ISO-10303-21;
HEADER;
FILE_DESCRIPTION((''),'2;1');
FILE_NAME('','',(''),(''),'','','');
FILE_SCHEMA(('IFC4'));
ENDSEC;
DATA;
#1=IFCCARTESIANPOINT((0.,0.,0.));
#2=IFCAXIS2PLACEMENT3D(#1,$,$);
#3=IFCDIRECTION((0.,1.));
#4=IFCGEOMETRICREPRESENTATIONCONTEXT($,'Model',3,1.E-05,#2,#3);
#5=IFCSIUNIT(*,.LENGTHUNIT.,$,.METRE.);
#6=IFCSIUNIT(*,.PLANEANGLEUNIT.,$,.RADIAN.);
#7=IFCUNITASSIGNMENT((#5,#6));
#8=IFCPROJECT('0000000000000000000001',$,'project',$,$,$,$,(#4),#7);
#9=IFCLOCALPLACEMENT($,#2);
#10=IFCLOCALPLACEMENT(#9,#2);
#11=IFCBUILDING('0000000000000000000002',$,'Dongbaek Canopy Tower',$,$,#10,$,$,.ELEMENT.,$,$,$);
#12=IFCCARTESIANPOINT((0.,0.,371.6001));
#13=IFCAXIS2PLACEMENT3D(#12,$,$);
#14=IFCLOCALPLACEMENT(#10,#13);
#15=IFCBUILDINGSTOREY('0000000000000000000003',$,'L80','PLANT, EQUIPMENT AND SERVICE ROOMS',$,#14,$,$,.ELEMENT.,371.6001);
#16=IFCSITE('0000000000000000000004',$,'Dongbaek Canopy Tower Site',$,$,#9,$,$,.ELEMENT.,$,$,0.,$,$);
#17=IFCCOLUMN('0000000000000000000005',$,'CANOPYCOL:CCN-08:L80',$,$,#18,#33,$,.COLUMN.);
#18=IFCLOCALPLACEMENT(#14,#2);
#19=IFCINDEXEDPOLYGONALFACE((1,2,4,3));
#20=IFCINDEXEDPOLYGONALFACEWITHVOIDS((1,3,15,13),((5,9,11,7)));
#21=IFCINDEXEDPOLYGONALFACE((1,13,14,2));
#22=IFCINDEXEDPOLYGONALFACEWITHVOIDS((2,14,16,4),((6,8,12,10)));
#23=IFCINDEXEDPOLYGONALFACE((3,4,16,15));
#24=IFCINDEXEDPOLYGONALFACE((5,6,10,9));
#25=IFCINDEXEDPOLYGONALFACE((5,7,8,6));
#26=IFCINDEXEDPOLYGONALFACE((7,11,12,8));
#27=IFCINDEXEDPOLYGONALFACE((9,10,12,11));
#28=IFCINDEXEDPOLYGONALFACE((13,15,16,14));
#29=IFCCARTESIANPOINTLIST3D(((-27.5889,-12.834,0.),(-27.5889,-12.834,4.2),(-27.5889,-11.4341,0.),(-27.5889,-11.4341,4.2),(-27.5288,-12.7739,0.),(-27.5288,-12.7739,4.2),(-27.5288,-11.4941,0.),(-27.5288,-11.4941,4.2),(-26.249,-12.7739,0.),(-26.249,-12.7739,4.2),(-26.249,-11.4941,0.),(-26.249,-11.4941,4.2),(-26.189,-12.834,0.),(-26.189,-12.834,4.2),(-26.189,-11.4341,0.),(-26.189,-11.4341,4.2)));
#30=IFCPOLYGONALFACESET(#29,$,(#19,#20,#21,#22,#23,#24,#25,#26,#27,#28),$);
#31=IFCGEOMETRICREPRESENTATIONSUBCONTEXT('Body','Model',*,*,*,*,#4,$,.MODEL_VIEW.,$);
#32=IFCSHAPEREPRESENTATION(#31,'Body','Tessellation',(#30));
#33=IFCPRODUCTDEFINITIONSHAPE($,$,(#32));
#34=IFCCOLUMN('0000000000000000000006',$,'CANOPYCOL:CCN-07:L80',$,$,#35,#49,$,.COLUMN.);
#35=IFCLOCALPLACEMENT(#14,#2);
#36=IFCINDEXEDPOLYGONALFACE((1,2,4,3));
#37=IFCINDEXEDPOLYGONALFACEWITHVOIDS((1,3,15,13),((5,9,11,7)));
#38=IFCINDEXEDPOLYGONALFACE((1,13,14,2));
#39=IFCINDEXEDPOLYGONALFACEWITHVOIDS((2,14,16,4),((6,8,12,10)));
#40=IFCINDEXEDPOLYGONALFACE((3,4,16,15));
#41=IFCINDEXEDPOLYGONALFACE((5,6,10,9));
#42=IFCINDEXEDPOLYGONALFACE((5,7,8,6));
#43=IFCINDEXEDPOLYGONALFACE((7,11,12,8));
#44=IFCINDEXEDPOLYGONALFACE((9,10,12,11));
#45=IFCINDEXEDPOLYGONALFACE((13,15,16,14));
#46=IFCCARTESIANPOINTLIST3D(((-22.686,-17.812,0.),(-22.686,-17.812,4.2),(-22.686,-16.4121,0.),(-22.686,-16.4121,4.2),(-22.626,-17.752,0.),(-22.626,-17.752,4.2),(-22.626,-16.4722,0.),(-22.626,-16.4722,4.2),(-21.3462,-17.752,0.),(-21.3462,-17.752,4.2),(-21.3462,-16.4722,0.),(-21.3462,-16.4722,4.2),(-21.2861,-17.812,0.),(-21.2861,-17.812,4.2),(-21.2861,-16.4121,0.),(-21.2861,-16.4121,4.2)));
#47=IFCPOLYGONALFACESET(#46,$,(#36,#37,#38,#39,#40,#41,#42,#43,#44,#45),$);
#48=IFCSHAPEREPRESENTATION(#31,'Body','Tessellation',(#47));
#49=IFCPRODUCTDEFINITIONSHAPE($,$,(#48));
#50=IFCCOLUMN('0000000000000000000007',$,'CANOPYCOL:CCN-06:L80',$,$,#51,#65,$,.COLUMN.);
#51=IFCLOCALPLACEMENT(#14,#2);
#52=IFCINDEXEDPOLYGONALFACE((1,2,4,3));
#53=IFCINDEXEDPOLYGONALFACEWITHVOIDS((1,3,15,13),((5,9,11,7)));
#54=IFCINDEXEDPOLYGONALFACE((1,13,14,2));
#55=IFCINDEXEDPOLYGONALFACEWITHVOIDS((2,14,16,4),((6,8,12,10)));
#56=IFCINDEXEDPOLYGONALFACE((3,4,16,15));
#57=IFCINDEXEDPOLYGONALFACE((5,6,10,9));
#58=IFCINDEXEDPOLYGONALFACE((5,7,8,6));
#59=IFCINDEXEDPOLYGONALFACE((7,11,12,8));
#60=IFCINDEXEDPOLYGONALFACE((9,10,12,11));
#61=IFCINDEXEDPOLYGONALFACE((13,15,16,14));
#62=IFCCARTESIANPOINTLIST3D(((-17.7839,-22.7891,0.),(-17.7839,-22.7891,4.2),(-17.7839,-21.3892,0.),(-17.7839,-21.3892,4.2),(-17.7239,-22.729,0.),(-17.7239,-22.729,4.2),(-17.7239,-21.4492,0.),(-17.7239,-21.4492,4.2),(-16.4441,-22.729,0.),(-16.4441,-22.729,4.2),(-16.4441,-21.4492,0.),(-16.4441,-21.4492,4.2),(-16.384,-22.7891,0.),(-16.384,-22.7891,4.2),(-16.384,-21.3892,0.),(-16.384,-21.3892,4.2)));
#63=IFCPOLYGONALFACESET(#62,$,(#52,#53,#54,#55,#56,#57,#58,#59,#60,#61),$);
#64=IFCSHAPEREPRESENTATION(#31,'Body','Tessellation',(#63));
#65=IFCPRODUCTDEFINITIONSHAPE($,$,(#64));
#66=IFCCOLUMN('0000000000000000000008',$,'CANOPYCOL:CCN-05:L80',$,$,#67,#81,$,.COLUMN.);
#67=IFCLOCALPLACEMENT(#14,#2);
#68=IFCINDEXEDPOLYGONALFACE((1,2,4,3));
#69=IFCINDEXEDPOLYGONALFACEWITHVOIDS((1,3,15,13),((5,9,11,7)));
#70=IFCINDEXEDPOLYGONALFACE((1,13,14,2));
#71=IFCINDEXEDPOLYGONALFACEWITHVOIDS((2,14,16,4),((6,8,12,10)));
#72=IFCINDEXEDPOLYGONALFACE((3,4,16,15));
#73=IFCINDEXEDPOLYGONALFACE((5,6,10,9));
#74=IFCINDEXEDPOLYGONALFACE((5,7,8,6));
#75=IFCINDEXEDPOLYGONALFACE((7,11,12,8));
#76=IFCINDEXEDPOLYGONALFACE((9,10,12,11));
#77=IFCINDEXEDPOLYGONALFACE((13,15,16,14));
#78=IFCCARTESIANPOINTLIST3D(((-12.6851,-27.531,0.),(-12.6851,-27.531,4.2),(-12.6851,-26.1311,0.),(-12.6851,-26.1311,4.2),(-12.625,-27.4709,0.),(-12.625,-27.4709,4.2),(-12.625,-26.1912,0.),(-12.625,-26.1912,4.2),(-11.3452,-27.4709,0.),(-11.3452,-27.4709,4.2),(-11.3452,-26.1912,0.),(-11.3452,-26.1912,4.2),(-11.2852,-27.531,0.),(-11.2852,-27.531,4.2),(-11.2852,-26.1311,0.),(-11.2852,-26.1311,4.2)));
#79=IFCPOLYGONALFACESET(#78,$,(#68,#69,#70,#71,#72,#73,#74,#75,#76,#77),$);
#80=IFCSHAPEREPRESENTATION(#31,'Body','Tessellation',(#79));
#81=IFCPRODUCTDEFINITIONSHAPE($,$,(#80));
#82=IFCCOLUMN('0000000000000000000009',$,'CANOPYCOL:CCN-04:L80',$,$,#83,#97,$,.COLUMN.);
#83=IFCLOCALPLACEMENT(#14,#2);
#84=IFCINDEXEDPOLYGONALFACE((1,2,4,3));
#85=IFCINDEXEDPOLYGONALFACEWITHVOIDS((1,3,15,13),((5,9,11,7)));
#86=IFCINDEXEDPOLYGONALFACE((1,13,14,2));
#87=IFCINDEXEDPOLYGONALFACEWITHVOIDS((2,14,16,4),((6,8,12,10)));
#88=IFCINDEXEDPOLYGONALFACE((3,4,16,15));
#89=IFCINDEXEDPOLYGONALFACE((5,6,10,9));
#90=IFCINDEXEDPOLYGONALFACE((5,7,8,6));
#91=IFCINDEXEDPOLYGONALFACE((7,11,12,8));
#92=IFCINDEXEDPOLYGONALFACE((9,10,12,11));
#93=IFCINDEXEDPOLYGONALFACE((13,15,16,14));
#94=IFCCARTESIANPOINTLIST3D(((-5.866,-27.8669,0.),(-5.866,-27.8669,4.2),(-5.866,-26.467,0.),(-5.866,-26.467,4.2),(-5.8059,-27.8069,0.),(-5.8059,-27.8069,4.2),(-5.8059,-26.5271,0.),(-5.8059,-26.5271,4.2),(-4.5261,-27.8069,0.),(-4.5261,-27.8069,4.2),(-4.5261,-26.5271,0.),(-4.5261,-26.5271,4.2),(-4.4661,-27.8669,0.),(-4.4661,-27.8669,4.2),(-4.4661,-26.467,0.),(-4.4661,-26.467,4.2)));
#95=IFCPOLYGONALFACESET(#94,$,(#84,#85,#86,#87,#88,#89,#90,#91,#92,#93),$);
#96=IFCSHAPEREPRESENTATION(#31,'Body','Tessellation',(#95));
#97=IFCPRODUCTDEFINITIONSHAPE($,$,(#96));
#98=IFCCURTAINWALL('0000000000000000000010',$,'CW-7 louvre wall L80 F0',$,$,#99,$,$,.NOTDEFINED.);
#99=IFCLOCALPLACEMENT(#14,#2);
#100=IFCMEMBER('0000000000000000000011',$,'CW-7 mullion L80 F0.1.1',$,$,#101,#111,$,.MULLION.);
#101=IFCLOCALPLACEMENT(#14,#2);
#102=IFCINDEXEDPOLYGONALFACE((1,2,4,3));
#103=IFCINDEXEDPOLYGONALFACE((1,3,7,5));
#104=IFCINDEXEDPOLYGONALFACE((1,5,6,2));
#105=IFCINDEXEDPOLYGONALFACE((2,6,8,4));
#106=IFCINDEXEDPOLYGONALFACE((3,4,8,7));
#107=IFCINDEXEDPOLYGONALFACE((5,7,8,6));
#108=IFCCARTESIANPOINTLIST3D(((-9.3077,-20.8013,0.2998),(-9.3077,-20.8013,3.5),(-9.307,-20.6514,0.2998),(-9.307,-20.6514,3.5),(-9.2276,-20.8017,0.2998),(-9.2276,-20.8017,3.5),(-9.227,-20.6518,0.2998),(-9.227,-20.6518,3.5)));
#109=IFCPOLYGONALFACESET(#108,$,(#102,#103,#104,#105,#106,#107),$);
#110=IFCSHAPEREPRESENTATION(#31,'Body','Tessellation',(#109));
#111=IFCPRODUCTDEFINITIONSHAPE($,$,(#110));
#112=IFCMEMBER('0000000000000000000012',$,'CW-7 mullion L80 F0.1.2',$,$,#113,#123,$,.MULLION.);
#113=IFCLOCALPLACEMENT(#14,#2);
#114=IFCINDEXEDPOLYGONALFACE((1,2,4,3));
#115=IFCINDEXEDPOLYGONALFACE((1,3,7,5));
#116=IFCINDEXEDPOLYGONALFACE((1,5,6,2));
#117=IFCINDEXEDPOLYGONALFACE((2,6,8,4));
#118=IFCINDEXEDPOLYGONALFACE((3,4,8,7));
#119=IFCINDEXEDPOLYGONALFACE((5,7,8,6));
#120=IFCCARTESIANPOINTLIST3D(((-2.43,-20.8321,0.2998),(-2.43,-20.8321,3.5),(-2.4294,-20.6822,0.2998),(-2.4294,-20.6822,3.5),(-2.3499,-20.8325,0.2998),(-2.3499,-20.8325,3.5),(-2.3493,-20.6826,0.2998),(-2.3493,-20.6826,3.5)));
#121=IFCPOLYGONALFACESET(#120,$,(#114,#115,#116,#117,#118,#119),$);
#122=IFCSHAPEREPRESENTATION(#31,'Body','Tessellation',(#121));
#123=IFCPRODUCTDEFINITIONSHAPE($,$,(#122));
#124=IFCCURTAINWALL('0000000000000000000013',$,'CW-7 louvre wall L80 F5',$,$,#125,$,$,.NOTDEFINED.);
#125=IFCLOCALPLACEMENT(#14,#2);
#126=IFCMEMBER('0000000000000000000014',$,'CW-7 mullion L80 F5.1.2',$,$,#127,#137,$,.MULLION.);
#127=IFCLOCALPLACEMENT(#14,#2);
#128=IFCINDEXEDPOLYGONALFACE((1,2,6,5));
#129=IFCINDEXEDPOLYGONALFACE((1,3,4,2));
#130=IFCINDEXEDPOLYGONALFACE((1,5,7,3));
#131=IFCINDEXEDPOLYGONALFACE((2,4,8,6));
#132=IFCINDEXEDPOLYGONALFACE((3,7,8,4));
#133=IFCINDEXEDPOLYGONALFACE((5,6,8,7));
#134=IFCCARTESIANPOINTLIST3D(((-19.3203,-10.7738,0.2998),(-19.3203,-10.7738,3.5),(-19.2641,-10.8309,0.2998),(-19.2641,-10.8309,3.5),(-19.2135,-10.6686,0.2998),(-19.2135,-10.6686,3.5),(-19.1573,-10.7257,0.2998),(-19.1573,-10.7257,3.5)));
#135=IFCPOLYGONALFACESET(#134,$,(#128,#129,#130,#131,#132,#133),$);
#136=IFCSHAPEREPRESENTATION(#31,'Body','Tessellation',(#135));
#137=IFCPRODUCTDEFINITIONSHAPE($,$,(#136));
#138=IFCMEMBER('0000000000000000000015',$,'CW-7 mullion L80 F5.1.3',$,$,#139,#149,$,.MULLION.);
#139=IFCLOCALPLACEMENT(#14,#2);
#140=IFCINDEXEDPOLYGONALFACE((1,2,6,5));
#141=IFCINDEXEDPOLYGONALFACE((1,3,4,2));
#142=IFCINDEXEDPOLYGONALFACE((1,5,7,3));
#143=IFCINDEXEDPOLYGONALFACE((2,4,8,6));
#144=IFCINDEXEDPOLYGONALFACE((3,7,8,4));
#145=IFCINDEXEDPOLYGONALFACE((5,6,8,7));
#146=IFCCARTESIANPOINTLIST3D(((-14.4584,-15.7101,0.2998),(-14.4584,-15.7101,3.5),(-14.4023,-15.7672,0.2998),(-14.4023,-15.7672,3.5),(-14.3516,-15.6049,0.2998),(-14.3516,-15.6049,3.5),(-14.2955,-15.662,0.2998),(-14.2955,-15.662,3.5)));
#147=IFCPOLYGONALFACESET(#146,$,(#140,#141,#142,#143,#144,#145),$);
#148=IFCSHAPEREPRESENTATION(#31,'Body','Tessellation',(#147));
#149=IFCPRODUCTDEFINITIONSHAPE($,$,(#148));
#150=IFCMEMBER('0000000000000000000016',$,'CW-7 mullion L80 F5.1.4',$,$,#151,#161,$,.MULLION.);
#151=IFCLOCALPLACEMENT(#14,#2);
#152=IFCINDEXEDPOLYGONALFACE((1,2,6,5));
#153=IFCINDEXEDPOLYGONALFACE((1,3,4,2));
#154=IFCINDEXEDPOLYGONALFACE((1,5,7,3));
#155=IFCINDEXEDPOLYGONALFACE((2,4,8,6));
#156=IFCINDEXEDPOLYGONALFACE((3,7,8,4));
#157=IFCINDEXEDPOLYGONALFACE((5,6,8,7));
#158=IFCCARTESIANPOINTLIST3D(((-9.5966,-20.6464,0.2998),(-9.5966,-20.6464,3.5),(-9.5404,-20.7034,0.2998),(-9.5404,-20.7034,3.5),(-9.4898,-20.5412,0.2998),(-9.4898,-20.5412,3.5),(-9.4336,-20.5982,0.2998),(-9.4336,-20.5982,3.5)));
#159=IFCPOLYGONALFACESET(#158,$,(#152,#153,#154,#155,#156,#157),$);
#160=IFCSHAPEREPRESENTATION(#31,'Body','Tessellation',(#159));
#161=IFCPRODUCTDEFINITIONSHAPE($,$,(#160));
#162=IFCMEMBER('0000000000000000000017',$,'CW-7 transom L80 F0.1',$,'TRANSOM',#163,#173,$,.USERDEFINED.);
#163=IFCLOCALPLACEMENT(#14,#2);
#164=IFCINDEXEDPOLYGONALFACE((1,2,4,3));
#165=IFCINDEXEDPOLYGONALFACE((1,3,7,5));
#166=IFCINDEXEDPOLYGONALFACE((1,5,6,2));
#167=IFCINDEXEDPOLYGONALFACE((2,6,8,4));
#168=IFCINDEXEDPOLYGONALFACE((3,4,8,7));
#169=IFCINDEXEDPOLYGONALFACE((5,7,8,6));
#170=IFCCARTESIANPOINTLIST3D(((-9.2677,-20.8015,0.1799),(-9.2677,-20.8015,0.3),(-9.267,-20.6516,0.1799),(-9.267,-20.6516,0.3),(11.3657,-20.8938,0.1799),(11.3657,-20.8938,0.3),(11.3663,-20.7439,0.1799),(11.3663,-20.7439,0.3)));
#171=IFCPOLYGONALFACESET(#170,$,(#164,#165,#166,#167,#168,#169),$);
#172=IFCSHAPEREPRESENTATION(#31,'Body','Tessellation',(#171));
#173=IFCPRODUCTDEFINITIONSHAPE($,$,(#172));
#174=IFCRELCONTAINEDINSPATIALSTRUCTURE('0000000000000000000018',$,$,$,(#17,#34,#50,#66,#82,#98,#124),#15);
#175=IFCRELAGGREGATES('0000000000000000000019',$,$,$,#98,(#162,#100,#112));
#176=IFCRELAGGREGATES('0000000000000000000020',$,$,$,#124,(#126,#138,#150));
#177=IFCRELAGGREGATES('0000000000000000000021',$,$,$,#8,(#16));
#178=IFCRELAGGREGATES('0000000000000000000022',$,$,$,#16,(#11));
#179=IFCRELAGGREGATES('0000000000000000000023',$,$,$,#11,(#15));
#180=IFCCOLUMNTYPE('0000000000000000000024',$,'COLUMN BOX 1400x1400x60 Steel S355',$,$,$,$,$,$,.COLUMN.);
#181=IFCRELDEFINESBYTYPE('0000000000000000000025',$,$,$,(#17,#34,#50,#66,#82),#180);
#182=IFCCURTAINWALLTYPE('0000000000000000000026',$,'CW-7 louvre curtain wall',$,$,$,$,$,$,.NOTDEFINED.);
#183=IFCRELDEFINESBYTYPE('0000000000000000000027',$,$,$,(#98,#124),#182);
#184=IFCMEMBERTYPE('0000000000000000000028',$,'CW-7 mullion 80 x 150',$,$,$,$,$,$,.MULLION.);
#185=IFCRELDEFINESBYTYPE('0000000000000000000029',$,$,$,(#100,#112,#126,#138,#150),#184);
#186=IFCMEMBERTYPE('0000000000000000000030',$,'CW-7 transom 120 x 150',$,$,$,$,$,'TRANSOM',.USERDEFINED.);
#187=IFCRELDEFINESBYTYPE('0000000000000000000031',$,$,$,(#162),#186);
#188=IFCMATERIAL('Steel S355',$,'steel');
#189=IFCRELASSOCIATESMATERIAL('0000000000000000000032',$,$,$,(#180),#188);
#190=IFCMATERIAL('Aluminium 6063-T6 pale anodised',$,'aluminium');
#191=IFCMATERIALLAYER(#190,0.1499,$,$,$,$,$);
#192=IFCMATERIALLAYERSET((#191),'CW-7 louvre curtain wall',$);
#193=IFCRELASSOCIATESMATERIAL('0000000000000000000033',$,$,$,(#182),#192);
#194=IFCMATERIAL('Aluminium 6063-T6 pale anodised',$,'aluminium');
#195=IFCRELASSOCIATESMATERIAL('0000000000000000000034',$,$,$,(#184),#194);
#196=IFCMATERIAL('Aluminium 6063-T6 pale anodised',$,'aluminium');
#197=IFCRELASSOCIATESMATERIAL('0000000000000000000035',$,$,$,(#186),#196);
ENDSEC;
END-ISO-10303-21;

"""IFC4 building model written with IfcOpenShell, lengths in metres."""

from ifc_helpers import new_model, si_unit, direction, frame, origin, origin_2d, place, context, subcontext, project, spatial, rectangle, hollow_rectangle, extrude, material, layer, layer_set, material_profile, profile_set, type_object, element, aggregate, save


model = new_model("IFC4")

# Units and contexts
model_context = context("Model", 3, precision=1e-05, world=origin(), true_north=direction((0.0, 1.0)))
body_context = subcontext(model_context, "Body", "Model", "MODEL_VIEW")
ifc_project = project(units=[si_unit("LENGTHUNIT", "METRE"), si_unit("PLANEANGLEUNIT", "RADIAN")], contexts=[model_context])

# Site, building, storey
site_placement = place(None, origin())
site = spatial("IfcSite", under=ifc_project, at=site_placement, Name="Dongbaek Canopy Tower Site", CompositionType="ELEMENT", RefElevation=0.0)
building_placement = place(site_placement, origin())
building = spatial("IfcBuilding", under=site, at=building_placement, Name="Dongbaek Canopy Tower", CompositionType="ELEMENT")
storey_placement = place(building_placement, frame((0.0, 0.0, 371.6001)))
storey = spatial("IfcBuildingStorey", under=building, at=storey_placement, Name="L80", Description="PLANT, EQUIPMENT AND SERVICE ROOMS", CompositionType="ELEMENT", Elevation=371.6001)

# Columns
ifc_material_1 = material(Name="Steel S355", Category="steel")
ifc_material_profile_1 = material_profile(ifc_material_1, hollow_rectangle(XDim=1.3999, YDim=1.3999, WallThickness=0.0601, at=origin_2d()), Name="COLUMN BOX 1400x1400x60 Steel S355")
ifc_profile_set_1 = profile_set([ifc_material_profile_1], Name="Steel S355")
column_type = type_object("IfcColumnType", Name="COLUMN BOX 1400x1400x60 Steel S355", PredefinedType="COLUMN", material=ifc_profile_set_1)
for number, where, z_axis, x_axis, name in (
    (1, (-26.8889, -12.134, 0.0), (0.0, 0.0, 1.0), (1.0, 0.0, 0.0), "CANOPYCOL:CCN-08:L80"),
    (2, (-21.9861, -17.1121, 0.0), (0.0, 0.0, 1.0), (1.0, 0.0, 0.0), "CANOPYCOL:CCN-07:L80"),
    (3, (-17.084, -22.0891, 0.0), (0.0, 0.0, 1.0), (1.0, 0.0, 0.0), "CANOPYCOL:CCN-06:L80"),
    (4, (-11.9851, -26.8311, 0.0), (0.0, 0.0, 1.0), (1.0, 0.0, 0.0), "CANOPYCOL:CCN-05:L80"),
    (5, (-5.166, -27.167, 0.0), (0.0, 0.0, 1.0), (1.0, 0.0, 0.0), "CANOPYCOL:CCN-04:L80"),
):
    element("IfcColumn", number, at=place(storey_placement, frame(where, z_axis=z_axis, x_axis=x_axis)), inside=storey, type_object=column_type, Name=name, PredefinedType="COLUMN", context=body_context, shape_type="SweptSolid", body=[
        extrude(hollow_rectangle(XDim=1.3999, YDim=1.3999, WallThickness=0.0601, at=origin_2d()), origin(), (0.0, 0.0, 1.0), 4.2),
    ])

# Curtain walls, members
ifc_material_2 = material(Name="Aluminium 6063-T6 pale anodised", Category="aluminium")
ifc_layer_1 = layer(ifc_material_2, 0.1499)
ifc_layer_set_1 = layer_set([ifc_layer_1], Name="CW-7 louvre curtain wall")
curtain_wall_type = type_object("IfcCurtainWallType", Name="CW-7 louvre curtain wall", PredefinedType="NOTDEFINED", material=ifc_layer_set_1)
curtain_wall_1_placement = place(storey_placement, origin())
curtain_wall_1 = element("IfcCurtainWall", 6, at=curtain_wall_1_placement, inside=storey, type_object=curtain_wall_type, Name="CW-7 louvre wall L80 F0", PredefinedType="NOTDEFINED")
ifc_material_3 = material(Name="Aluminium 6063-T6 pale anodised", Category="aluminium")
ifc_material_profile_2 = material_profile(ifc_material_3, rectangle(XDim=0.1499, YDim=0.0801, at=origin_2d()), Name="CW-7 mullion 80 x 150")
ifc_profile_set_2 = profile_set([ifc_material_profile_2], Name="Aluminium 6063-T6 pale anodised")
member_type_1 = type_object("IfcMemberType", Name="CW-7 mullion 80 x 150", PredefinedType="MULLION", material=ifc_profile_set_2)
member_1_placement = place(storey_placement, frame((-9.2673, -20.7266, 0.2998), z_axis=(0.0, 0.0, 1.0), x_axis=(-0.004466, -0.99999, 0.0)))
member_1 = element("IfcMember", 7, at=member_1_placement, type_object=member_type_1, Name="CW-7 mullion L80 F0.1.1", PredefinedType="MULLION", context=body_context, shape_type="SweptSolid", body=[
    extrude(rectangle(XDim=0.1499, YDim=0.0801, at=origin_2d()), origin(), (0.0, 0.0, 1.0), 3.2002),
])
member_2_placement = place(storey_placement, frame((-2.3896, -20.7573, 0.2998), z_axis=(0.0, 0.0, 1.0), x_axis=(-0.004466, -0.99999, 0.0)))
member_2 = element("IfcMember", 8, at=member_2_placement, type_object=member_type_1, Name="CW-7 mullion L80 F0.1.2", PredefinedType="MULLION", context=body_context, shape_type="SweptSolid", body=[
    extrude(rectangle(XDim=0.1499, YDim=0.0801, at=origin_2d()), origin(), (0.0, 0.0, 1.0), 3.2002),
])
curtain_wall_2_placement = place(storey_placement, origin())
curtain_wall_2 = element("IfcCurtainWall", 9, at=curtain_wall_2_placement, inside=storey, type_object=curtain_wall_type, Name="CW-7 louvre wall L80 F5", PredefinedType="NOTDEFINED")
member_3_placement = place(storey_placement, frame((-19.2388, -10.7498, 0.2998), z_axis=(0.0, 0.0, 1.0), x_axis=(-0.712455, -0.701718, 0.0)))
member_3 = element("IfcMember", 10, at=member_3_placement, type_object=member_type_1, Name="CW-7 mullion L80 F5.1.2", PredefinedType="MULLION", context=body_context, shape_type="SweptSolid", body=[
    extrude(rectangle(XDim=0.1499, YDim=0.0801, at=origin_2d()), origin(), (0.0, 0.0, 1.0), 3.2002),
])
member_4_placement = place(storey_placement, frame((-14.377, -15.686, 0.2998), z_axis=(0.0, 0.0, 1.0), x_axis=(-0.712455, -0.701718, 0.0)))
member_4 = element("IfcMember", 11, at=member_4_placement, type_object=member_type_1, Name="CW-7 mullion L80 F5.1.3", PredefinedType="MULLION", context=body_context, shape_type="SweptSolid", body=[
    extrude(rectangle(XDim=0.1499, YDim=0.0801, at=origin_2d()), origin(), (0.0, 0.0, 1.0), 3.2002),
])
member_5_placement = place(storey_placement, frame((-9.5151, -20.6223, 0.2998), z_axis=(0.0, 0.0, 1.0), x_axis=(-0.712455, -0.701718, 0.0)))
member_5 = element("IfcMember", 12, at=member_5_placement, type_object=member_type_1, Name="CW-7 mullion L80 F5.1.4", PredefinedType="MULLION", context=body_context, shape_type="SweptSolid", body=[
    extrude(rectangle(XDim=0.1499, YDim=0.0801, at=origin_2d()), origin(), (0.0, 0.0, 1.0), 3.2002),
])

# Member
ifc_material_4 = material(Name="Aluminium 6063-T6 pale anodised", Category="aluminium")
ifc_material_profile_3 = material_profile(ifc_material_4, rectangle(XDim=0.1499, YDim=0.1201, at=origin_2d()), Name="CW-7 transom 120 x 150")
ifc_profile_set_3 = profile_set([ifc_material_profile_3], Name="Aluminium 6063-T6 pale anodised")
member_type_2 = type_object("IfcMemberType", Name="CW-7 transom 120 x 150", ElementType="TRANSOM", PredefinedType="USERDEFINED", material=ifc_profile_set_3)
member_6_placement = place(storey_placement, frame((-9.2673, -20.7266, 0.24), z_axis=(0.99999, -0.004473, 0.0), x_axis=(0.004473, 0.99999, 0.0)))
member_6 = element("IfcMember", 13, at=member_6_placement, type_object=member_type_2, Name="CW-7 transom L80 F0.1", ObjectType="TRANSOM", PredefinedType="USERDEFINED", context=body_context, shape_type="SweptSolid", body=[
    extrude(rectangle(XDim=0.1499, YDim=0.1201, at=origin_2d()), origin(), (0.0, 0.0, 1.0), 20.6335),
])

aggregate(curtain_wall_1, [member_6, member_1, member_2])
aggregate(curtain_wall_2, [member_3, member_4, member_5])

save(model, "model.ifc")
